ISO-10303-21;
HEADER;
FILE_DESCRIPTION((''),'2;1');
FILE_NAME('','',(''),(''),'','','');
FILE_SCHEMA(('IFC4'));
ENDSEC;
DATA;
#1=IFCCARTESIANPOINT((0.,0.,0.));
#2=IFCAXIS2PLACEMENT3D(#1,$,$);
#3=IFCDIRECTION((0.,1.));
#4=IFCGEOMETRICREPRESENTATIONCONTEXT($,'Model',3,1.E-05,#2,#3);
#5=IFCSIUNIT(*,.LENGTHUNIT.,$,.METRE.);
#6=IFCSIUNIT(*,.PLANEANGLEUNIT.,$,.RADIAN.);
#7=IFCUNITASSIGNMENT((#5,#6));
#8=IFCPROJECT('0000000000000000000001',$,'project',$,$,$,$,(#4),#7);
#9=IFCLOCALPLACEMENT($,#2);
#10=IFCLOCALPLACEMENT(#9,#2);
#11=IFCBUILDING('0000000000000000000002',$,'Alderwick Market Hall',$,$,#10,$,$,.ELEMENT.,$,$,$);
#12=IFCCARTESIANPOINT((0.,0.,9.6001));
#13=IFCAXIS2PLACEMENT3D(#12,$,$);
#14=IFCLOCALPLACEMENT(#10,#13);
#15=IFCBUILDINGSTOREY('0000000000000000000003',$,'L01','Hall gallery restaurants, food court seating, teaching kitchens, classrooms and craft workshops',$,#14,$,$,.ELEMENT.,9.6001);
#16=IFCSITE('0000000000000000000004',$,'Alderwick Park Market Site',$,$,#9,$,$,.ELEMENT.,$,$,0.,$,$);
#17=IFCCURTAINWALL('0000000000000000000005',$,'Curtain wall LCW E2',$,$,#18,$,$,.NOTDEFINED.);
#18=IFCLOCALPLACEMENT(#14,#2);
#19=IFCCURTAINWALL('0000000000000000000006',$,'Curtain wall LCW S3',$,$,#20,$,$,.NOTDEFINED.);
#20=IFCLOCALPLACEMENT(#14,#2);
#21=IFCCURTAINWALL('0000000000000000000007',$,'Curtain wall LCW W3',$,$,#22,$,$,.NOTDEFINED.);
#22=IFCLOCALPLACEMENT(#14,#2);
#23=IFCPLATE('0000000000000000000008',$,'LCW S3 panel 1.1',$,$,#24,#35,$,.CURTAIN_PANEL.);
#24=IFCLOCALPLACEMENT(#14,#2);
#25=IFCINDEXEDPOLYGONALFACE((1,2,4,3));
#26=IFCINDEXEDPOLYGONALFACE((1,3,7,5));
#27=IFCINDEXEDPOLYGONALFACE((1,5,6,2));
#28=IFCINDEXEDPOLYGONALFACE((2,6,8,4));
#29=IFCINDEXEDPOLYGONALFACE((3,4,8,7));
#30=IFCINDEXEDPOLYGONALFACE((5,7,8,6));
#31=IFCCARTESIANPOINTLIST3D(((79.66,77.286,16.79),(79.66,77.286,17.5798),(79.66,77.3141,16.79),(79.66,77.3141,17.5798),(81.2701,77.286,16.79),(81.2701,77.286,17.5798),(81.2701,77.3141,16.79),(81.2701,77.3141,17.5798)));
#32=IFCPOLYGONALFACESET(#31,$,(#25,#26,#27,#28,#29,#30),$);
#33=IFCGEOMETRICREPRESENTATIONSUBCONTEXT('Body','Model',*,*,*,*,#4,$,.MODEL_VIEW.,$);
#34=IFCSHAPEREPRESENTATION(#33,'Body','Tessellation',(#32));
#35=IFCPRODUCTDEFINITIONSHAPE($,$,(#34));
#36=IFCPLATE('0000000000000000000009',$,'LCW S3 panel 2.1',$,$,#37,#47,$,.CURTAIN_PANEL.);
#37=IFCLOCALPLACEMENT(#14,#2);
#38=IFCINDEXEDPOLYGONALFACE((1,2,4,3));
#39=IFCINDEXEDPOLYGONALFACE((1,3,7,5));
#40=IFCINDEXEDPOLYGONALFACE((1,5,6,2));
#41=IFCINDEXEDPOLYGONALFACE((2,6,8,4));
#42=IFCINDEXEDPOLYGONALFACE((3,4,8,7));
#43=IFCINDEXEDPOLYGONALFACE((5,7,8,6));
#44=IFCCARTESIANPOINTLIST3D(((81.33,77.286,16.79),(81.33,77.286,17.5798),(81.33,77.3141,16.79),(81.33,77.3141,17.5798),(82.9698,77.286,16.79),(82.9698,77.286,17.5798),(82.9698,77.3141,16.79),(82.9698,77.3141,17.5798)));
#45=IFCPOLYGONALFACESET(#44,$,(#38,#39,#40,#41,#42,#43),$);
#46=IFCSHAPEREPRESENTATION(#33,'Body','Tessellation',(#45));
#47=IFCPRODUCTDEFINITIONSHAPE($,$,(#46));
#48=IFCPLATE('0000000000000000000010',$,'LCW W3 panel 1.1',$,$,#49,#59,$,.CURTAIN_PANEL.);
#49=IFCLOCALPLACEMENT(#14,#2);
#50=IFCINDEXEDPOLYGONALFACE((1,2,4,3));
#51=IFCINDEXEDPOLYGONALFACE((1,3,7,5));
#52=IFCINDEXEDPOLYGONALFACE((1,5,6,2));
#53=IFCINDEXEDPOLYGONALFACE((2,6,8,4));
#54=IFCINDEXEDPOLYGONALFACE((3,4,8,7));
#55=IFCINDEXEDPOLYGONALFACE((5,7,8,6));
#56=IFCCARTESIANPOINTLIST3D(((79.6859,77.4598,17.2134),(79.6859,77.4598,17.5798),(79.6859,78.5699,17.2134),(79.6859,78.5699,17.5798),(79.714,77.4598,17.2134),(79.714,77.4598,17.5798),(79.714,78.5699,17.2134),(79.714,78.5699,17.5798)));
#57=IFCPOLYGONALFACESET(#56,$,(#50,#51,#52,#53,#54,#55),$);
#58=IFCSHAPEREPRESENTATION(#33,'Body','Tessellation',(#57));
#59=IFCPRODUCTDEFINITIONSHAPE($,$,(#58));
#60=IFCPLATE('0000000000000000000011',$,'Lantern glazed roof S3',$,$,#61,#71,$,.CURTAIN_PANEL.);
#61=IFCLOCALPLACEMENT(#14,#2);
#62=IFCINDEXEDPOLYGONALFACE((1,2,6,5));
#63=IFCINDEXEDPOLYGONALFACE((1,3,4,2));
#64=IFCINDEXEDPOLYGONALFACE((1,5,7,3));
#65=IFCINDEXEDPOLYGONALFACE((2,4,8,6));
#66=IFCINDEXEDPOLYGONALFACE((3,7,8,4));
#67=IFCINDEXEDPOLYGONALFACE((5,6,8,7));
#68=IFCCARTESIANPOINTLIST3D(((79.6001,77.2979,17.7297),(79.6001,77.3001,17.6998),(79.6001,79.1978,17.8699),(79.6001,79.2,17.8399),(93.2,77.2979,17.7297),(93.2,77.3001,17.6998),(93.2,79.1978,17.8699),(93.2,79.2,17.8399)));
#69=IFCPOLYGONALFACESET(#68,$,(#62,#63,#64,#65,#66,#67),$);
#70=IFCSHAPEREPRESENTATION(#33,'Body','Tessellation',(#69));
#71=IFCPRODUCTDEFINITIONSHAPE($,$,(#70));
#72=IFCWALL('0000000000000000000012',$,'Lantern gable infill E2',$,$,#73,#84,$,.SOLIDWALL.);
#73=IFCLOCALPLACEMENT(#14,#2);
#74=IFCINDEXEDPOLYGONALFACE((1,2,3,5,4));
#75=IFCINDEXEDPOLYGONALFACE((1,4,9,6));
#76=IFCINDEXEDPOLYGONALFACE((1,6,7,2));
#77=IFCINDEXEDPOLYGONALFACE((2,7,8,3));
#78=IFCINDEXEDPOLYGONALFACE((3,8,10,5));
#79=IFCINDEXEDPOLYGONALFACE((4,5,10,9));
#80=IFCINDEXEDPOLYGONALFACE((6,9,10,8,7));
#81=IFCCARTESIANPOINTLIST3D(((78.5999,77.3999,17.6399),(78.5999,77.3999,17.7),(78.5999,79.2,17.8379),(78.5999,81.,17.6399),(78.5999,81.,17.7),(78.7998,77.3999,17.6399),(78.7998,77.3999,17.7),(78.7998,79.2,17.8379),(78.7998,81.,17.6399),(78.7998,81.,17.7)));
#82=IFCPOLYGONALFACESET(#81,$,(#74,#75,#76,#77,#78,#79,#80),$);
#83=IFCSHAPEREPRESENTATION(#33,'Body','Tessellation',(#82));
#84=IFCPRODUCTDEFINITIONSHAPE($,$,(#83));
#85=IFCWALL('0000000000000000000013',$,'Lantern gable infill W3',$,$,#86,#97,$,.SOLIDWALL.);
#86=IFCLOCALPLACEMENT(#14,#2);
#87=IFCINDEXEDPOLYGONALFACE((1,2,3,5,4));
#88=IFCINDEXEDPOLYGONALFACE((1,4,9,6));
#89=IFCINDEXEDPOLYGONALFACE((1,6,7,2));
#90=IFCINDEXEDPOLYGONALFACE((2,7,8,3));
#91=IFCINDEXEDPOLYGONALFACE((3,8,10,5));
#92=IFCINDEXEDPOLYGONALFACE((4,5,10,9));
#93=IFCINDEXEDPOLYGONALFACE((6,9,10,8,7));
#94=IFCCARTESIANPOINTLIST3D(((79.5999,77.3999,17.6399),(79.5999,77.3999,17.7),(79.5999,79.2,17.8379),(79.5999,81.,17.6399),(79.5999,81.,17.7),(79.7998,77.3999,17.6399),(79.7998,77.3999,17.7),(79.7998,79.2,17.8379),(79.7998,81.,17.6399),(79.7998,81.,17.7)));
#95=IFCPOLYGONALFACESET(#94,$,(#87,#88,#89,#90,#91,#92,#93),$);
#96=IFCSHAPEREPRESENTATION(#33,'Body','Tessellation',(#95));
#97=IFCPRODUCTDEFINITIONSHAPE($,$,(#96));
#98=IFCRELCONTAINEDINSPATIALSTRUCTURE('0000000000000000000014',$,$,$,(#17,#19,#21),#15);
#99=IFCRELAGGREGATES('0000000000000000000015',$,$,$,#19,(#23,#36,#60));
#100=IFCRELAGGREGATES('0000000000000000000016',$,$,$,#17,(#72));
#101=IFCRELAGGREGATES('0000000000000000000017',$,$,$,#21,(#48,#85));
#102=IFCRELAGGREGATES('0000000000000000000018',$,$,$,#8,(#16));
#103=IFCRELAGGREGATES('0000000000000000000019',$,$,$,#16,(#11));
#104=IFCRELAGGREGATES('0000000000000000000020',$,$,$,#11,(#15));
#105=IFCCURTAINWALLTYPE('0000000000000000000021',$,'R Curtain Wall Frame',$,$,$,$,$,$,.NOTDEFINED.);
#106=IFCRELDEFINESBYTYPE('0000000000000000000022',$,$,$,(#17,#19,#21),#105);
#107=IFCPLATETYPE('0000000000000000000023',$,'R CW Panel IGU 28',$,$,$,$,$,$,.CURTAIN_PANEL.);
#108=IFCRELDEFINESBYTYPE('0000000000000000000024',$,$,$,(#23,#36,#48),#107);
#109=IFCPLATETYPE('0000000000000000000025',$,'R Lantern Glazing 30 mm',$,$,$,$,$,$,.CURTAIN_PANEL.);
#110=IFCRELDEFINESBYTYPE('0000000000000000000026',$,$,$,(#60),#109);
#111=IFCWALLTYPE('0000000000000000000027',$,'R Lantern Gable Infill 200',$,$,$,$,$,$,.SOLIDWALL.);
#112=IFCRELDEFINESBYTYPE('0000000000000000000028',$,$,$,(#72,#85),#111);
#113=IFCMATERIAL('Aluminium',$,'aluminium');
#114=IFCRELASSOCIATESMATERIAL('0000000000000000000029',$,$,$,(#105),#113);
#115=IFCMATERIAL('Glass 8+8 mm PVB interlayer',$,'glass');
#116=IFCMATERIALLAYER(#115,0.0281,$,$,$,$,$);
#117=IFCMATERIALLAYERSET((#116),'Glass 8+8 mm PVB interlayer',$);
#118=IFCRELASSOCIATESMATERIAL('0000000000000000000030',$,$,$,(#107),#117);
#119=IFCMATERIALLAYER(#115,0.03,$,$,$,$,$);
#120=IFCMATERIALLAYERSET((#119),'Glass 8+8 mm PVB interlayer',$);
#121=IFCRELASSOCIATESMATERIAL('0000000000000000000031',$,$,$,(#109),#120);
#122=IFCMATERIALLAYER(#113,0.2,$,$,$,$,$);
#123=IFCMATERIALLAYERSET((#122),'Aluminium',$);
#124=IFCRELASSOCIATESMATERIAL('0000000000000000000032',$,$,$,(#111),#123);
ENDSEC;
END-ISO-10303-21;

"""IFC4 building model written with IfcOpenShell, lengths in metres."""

from ifc_helpers import new_model, si_unit, direction, frame, origin, origin_2d, place, context, subcontext, project, spatial, polyline, rectangle, outline, extrude, material, layer, layer_set, type_object, element, aggregate, save


model = new_model("IFC4")

# Units and contexts
model_context = context("Model", 3, precision=1e-05, world=origin(), true_north=direction((0.0, 1.0)))
body_context = subcontext(model_context, "Body", "Model", "MODEL_VIEW")
ifc_project = project(units=[si_unit("LENGTHUNIT", "METRE"), si_unit("PLANEANGLEUNIT", "RADIAN")], contexts=[model_context])

# Site, building, storey
site_placement = place(None, origin())
site = spatial("IfcSite", under=ifc_project, at=site_placement, Name="Alderwick Park Market Site", CompositionType="ELEMENT", RefElevation=0.0)
building_placement = place(site_placement, origin())
building = spatial("IfcBuilding", under=site, at=building_placement, Name="Alderwick Market Hall", CompositionType="ELEMENT")
storey_placement = place(building_placement, frame((0.0, 0.0, 9.6001)))
storey = spatial("IfcBuildingStorey", under=building, at=storey_placement, Name="L01", Description="Hall gallery restaurants, food court seating, teaching kitchens, classrooms and craft workshops", CompositionType="ELEMENT", Elevation=9.6001)

# Curtain walls
ifc_material_1 = material(Name="Aluminium", Category="aluminium")
curtain_wall_type = type_object("IfcCurtainWallType", Name="R Curtain Wall Frame", PredefinedType="NOTDEFINED", material=ifc_material_1)
curtain_wall_1_placement = place(storey_placement, origin())
curtain_wall_1 = element("IfcCurtainWall", 1, at=curtain_wall_1_placement, inside=storey, type_object=curtain_wall_type, Name="Curtain wall LCW E2", PredefinedType="NOTDEFINED")
curtain_wall_2_placement = place(storey_placement, origin())
curtain_wall_2 = element("IfcCurtainWall", 2, at=curtain_wall_2_placement, inside=storey, type_object=curtain_wall_type, Name="Curtain wall LCW S3", PredefinedType="NOTDEFINED")
curtain_wall_3_placement = place(storey_placement, origin())
curtain_wall_3 = element("IfcCurtainWall", 3, at=curtain_wall_3_placement, inside=storey, type_object=curtain_wall_type, Name="Curtain wall LCW W3", PredefinedType="NOTDEFINED")

# Plates
ifc_material_2 = material(Name="Glass 8+8 mm PVB interlayer", Category="glass")
ifc_layer_1 = layer(ifc_material_2, 0.0281)
ifc_layer_set_1 = layer_set([ifc_layer_1], Name="Glass 8+8 mm PVB interlayer")
plate_type_1 = type_object("IfcPlateType", Name="R CW Panel IGU 28", PredefinedType="CURTAIN_PANEL", material=ifc_layer_set_1)
plate_1_placement = place(storey_placement, frame((80.4651, 77.3, 16.79), z_axis=(0.0, 0.0, 1.0), x_axis=(1.0, 0.0, 0.0)))
plate_1 = element("IfcPlate", 4, at=plate_1_placement, type_object=plate_type_1, Name="LCW S3 panel 1.1", PredefinedType="CURTAIN_PANEL", context=body_context, shape_type="SweptSolid", body=[
    extrude(rectangle(XDim=1.6101, YDim=0.0281, at=origin_2d()), origin(), (0.0, 0.0, 1.0), 0.7898),
])
plate_2_placement = place(storey_placement, frame((82.1499, 77.3, 16.79), z_axis=(0.0, 0.0, 1.0), x_axis=(1.0, 0.0, 0.0)))
plate_2 = element("IfcPlate", 5, at=plate_2_placement, type_object=plate_type_1, Name="LCW S3 panel 2.1", PredefinedType="CURTAIN_PANEL", context=body_context, shape_type="SweptSolid", body=[
    extrude(rectangle(XDim=1.6399, YDim=0.0281, at=origin_2d()), origin(), (0.0, 0.0, 1.0), 0.7898),
])
plate_3_placement = place(storey_placement, frame((79.7, 78.0149, 17.2134), z_axis=(0.0, 0.0, 1.0), x_axis=(1.0, 0.0, 0.0)))
plate_3 = element("IfcPlate", 6, at=plate_3_placement, type_object=plate_type_1, Name="LCW W3 panel 1.1", PredefinedType="CURTAIN_PANEL", context=body_context, shape_type="SweptSolid", body=[
    extrude(rectangle(XDim=0.0281, YDim=1.1101, at=origin_2d()), origin(), (0.0, 0.0, 1.0), 0.3665),
])
ifc_layer_2 = layer(ifc_material_2, 0.03)
ifc_layer_set_2 = layer_set([ifc_layer_2], Name="Glass 8+8 mm PVB interlayer")
plate_type_2 = type_object("IfcPlateType", Name="R Lantern Glazing 30 mm", PredefinedType="CURTAIN_PANEL", material=ifc_layer_set_2)
plate_4_placement = place(storey_placement, frame((79.6001, 77.2979, 17.7297), z_axis=(0.0, -0.07356, 0.997291), x_axis=(1.0, 0.0, 0.0)))
plate_4 = element("IfcPlate", 7, at=plate_4_placement, type_object=plate_type_2, Name="Lantern glazed roof S3", PredefinedType="CURTAIN_PANEL", context=body_context, shape_type="SweptSolid", body=[
    extrude(outline(polyline([(0.0, 0.0), (13.5999, 0.0), (13.5999, 1.9051), (0.0, 1.9051), (0.0, 0.0)])), origin(), (0.0, 0.0, -1.0), 0.03),
])
aggregate(curtain_wall_2, [plate_1, plate_2, plate_4])

# Walls
ifc_layer_3 = layer(ifc_material_1, 0.2)
ifc_layer_set_3 = layer_set([ifc_layer_3], Name="Aluminium")
wall_type = type_object("IfcWallType", Name="R Lantern Gable Infill 200", PredefinedType="SOLIDWALL", material=ifc_layer_set_3)
wall_1_placement = place(storey_placement, frame((78.7, 77.3999, 17.6399), z_axis=(0.0, 0.0, 1.0), x_axis=(0.0, 1.0, 0.0)))
wall_1 = element("IfcWall", 8, at=wall_1_placement, type_object=wall_type, Name="Lantern gable infill E2", PredefinedType="SOLIDWALL", context=body_context, shape_type="SweptSolid", body=[
    extrude(outline(polyline([(0.0, 0.0), (3.6001, 0.0), (3.6001, 0.0601), (1.8, 0.198), (0.0, 0.0601), (0.0, 0.0)])), frame((0.0, 0.1001, 0.0), z_axis=(0.0, -1.0, 0.0), x_axis=(1.0, 0.0, 0.0)), (0.0, 0.0, 1.0), 0.2),
])
aggregate(curtain_wall_1, [wall_1])
wall_2_placement = place(storey_placement, frame((79.7, 77.3999, 17.6399), z_axis=(0.0, 0.0, 1.0), x_axis=(0.0, 1.0, 0.0)))
wall_2 = element("IfcWall", 9, at=wall_2_placement, type_object=wall_type, Name="Lantern gable infill W3", PredefinedType="SOLIDWALL", context=body_context, shape_type="SweptSolid", body=[
    extrude(outline(polyline([(0.0, 0.0), (3.6001, 0.0), (3.6001, 0.0601), (1.8, 0.198), (0.0, 0.0601), (0.0, 0.0)])), frame((0.0, 0.1001, 0.0), z_axis=(0.0, -1.0, 0.0), x_axis=(1.0, 0.0, 0.0)), (0.0, 0.0, 1.0), 0.2),
])
aggregate(curtain_wall_3, [plate_3, wall_2])

save(model, "model.ifc")
